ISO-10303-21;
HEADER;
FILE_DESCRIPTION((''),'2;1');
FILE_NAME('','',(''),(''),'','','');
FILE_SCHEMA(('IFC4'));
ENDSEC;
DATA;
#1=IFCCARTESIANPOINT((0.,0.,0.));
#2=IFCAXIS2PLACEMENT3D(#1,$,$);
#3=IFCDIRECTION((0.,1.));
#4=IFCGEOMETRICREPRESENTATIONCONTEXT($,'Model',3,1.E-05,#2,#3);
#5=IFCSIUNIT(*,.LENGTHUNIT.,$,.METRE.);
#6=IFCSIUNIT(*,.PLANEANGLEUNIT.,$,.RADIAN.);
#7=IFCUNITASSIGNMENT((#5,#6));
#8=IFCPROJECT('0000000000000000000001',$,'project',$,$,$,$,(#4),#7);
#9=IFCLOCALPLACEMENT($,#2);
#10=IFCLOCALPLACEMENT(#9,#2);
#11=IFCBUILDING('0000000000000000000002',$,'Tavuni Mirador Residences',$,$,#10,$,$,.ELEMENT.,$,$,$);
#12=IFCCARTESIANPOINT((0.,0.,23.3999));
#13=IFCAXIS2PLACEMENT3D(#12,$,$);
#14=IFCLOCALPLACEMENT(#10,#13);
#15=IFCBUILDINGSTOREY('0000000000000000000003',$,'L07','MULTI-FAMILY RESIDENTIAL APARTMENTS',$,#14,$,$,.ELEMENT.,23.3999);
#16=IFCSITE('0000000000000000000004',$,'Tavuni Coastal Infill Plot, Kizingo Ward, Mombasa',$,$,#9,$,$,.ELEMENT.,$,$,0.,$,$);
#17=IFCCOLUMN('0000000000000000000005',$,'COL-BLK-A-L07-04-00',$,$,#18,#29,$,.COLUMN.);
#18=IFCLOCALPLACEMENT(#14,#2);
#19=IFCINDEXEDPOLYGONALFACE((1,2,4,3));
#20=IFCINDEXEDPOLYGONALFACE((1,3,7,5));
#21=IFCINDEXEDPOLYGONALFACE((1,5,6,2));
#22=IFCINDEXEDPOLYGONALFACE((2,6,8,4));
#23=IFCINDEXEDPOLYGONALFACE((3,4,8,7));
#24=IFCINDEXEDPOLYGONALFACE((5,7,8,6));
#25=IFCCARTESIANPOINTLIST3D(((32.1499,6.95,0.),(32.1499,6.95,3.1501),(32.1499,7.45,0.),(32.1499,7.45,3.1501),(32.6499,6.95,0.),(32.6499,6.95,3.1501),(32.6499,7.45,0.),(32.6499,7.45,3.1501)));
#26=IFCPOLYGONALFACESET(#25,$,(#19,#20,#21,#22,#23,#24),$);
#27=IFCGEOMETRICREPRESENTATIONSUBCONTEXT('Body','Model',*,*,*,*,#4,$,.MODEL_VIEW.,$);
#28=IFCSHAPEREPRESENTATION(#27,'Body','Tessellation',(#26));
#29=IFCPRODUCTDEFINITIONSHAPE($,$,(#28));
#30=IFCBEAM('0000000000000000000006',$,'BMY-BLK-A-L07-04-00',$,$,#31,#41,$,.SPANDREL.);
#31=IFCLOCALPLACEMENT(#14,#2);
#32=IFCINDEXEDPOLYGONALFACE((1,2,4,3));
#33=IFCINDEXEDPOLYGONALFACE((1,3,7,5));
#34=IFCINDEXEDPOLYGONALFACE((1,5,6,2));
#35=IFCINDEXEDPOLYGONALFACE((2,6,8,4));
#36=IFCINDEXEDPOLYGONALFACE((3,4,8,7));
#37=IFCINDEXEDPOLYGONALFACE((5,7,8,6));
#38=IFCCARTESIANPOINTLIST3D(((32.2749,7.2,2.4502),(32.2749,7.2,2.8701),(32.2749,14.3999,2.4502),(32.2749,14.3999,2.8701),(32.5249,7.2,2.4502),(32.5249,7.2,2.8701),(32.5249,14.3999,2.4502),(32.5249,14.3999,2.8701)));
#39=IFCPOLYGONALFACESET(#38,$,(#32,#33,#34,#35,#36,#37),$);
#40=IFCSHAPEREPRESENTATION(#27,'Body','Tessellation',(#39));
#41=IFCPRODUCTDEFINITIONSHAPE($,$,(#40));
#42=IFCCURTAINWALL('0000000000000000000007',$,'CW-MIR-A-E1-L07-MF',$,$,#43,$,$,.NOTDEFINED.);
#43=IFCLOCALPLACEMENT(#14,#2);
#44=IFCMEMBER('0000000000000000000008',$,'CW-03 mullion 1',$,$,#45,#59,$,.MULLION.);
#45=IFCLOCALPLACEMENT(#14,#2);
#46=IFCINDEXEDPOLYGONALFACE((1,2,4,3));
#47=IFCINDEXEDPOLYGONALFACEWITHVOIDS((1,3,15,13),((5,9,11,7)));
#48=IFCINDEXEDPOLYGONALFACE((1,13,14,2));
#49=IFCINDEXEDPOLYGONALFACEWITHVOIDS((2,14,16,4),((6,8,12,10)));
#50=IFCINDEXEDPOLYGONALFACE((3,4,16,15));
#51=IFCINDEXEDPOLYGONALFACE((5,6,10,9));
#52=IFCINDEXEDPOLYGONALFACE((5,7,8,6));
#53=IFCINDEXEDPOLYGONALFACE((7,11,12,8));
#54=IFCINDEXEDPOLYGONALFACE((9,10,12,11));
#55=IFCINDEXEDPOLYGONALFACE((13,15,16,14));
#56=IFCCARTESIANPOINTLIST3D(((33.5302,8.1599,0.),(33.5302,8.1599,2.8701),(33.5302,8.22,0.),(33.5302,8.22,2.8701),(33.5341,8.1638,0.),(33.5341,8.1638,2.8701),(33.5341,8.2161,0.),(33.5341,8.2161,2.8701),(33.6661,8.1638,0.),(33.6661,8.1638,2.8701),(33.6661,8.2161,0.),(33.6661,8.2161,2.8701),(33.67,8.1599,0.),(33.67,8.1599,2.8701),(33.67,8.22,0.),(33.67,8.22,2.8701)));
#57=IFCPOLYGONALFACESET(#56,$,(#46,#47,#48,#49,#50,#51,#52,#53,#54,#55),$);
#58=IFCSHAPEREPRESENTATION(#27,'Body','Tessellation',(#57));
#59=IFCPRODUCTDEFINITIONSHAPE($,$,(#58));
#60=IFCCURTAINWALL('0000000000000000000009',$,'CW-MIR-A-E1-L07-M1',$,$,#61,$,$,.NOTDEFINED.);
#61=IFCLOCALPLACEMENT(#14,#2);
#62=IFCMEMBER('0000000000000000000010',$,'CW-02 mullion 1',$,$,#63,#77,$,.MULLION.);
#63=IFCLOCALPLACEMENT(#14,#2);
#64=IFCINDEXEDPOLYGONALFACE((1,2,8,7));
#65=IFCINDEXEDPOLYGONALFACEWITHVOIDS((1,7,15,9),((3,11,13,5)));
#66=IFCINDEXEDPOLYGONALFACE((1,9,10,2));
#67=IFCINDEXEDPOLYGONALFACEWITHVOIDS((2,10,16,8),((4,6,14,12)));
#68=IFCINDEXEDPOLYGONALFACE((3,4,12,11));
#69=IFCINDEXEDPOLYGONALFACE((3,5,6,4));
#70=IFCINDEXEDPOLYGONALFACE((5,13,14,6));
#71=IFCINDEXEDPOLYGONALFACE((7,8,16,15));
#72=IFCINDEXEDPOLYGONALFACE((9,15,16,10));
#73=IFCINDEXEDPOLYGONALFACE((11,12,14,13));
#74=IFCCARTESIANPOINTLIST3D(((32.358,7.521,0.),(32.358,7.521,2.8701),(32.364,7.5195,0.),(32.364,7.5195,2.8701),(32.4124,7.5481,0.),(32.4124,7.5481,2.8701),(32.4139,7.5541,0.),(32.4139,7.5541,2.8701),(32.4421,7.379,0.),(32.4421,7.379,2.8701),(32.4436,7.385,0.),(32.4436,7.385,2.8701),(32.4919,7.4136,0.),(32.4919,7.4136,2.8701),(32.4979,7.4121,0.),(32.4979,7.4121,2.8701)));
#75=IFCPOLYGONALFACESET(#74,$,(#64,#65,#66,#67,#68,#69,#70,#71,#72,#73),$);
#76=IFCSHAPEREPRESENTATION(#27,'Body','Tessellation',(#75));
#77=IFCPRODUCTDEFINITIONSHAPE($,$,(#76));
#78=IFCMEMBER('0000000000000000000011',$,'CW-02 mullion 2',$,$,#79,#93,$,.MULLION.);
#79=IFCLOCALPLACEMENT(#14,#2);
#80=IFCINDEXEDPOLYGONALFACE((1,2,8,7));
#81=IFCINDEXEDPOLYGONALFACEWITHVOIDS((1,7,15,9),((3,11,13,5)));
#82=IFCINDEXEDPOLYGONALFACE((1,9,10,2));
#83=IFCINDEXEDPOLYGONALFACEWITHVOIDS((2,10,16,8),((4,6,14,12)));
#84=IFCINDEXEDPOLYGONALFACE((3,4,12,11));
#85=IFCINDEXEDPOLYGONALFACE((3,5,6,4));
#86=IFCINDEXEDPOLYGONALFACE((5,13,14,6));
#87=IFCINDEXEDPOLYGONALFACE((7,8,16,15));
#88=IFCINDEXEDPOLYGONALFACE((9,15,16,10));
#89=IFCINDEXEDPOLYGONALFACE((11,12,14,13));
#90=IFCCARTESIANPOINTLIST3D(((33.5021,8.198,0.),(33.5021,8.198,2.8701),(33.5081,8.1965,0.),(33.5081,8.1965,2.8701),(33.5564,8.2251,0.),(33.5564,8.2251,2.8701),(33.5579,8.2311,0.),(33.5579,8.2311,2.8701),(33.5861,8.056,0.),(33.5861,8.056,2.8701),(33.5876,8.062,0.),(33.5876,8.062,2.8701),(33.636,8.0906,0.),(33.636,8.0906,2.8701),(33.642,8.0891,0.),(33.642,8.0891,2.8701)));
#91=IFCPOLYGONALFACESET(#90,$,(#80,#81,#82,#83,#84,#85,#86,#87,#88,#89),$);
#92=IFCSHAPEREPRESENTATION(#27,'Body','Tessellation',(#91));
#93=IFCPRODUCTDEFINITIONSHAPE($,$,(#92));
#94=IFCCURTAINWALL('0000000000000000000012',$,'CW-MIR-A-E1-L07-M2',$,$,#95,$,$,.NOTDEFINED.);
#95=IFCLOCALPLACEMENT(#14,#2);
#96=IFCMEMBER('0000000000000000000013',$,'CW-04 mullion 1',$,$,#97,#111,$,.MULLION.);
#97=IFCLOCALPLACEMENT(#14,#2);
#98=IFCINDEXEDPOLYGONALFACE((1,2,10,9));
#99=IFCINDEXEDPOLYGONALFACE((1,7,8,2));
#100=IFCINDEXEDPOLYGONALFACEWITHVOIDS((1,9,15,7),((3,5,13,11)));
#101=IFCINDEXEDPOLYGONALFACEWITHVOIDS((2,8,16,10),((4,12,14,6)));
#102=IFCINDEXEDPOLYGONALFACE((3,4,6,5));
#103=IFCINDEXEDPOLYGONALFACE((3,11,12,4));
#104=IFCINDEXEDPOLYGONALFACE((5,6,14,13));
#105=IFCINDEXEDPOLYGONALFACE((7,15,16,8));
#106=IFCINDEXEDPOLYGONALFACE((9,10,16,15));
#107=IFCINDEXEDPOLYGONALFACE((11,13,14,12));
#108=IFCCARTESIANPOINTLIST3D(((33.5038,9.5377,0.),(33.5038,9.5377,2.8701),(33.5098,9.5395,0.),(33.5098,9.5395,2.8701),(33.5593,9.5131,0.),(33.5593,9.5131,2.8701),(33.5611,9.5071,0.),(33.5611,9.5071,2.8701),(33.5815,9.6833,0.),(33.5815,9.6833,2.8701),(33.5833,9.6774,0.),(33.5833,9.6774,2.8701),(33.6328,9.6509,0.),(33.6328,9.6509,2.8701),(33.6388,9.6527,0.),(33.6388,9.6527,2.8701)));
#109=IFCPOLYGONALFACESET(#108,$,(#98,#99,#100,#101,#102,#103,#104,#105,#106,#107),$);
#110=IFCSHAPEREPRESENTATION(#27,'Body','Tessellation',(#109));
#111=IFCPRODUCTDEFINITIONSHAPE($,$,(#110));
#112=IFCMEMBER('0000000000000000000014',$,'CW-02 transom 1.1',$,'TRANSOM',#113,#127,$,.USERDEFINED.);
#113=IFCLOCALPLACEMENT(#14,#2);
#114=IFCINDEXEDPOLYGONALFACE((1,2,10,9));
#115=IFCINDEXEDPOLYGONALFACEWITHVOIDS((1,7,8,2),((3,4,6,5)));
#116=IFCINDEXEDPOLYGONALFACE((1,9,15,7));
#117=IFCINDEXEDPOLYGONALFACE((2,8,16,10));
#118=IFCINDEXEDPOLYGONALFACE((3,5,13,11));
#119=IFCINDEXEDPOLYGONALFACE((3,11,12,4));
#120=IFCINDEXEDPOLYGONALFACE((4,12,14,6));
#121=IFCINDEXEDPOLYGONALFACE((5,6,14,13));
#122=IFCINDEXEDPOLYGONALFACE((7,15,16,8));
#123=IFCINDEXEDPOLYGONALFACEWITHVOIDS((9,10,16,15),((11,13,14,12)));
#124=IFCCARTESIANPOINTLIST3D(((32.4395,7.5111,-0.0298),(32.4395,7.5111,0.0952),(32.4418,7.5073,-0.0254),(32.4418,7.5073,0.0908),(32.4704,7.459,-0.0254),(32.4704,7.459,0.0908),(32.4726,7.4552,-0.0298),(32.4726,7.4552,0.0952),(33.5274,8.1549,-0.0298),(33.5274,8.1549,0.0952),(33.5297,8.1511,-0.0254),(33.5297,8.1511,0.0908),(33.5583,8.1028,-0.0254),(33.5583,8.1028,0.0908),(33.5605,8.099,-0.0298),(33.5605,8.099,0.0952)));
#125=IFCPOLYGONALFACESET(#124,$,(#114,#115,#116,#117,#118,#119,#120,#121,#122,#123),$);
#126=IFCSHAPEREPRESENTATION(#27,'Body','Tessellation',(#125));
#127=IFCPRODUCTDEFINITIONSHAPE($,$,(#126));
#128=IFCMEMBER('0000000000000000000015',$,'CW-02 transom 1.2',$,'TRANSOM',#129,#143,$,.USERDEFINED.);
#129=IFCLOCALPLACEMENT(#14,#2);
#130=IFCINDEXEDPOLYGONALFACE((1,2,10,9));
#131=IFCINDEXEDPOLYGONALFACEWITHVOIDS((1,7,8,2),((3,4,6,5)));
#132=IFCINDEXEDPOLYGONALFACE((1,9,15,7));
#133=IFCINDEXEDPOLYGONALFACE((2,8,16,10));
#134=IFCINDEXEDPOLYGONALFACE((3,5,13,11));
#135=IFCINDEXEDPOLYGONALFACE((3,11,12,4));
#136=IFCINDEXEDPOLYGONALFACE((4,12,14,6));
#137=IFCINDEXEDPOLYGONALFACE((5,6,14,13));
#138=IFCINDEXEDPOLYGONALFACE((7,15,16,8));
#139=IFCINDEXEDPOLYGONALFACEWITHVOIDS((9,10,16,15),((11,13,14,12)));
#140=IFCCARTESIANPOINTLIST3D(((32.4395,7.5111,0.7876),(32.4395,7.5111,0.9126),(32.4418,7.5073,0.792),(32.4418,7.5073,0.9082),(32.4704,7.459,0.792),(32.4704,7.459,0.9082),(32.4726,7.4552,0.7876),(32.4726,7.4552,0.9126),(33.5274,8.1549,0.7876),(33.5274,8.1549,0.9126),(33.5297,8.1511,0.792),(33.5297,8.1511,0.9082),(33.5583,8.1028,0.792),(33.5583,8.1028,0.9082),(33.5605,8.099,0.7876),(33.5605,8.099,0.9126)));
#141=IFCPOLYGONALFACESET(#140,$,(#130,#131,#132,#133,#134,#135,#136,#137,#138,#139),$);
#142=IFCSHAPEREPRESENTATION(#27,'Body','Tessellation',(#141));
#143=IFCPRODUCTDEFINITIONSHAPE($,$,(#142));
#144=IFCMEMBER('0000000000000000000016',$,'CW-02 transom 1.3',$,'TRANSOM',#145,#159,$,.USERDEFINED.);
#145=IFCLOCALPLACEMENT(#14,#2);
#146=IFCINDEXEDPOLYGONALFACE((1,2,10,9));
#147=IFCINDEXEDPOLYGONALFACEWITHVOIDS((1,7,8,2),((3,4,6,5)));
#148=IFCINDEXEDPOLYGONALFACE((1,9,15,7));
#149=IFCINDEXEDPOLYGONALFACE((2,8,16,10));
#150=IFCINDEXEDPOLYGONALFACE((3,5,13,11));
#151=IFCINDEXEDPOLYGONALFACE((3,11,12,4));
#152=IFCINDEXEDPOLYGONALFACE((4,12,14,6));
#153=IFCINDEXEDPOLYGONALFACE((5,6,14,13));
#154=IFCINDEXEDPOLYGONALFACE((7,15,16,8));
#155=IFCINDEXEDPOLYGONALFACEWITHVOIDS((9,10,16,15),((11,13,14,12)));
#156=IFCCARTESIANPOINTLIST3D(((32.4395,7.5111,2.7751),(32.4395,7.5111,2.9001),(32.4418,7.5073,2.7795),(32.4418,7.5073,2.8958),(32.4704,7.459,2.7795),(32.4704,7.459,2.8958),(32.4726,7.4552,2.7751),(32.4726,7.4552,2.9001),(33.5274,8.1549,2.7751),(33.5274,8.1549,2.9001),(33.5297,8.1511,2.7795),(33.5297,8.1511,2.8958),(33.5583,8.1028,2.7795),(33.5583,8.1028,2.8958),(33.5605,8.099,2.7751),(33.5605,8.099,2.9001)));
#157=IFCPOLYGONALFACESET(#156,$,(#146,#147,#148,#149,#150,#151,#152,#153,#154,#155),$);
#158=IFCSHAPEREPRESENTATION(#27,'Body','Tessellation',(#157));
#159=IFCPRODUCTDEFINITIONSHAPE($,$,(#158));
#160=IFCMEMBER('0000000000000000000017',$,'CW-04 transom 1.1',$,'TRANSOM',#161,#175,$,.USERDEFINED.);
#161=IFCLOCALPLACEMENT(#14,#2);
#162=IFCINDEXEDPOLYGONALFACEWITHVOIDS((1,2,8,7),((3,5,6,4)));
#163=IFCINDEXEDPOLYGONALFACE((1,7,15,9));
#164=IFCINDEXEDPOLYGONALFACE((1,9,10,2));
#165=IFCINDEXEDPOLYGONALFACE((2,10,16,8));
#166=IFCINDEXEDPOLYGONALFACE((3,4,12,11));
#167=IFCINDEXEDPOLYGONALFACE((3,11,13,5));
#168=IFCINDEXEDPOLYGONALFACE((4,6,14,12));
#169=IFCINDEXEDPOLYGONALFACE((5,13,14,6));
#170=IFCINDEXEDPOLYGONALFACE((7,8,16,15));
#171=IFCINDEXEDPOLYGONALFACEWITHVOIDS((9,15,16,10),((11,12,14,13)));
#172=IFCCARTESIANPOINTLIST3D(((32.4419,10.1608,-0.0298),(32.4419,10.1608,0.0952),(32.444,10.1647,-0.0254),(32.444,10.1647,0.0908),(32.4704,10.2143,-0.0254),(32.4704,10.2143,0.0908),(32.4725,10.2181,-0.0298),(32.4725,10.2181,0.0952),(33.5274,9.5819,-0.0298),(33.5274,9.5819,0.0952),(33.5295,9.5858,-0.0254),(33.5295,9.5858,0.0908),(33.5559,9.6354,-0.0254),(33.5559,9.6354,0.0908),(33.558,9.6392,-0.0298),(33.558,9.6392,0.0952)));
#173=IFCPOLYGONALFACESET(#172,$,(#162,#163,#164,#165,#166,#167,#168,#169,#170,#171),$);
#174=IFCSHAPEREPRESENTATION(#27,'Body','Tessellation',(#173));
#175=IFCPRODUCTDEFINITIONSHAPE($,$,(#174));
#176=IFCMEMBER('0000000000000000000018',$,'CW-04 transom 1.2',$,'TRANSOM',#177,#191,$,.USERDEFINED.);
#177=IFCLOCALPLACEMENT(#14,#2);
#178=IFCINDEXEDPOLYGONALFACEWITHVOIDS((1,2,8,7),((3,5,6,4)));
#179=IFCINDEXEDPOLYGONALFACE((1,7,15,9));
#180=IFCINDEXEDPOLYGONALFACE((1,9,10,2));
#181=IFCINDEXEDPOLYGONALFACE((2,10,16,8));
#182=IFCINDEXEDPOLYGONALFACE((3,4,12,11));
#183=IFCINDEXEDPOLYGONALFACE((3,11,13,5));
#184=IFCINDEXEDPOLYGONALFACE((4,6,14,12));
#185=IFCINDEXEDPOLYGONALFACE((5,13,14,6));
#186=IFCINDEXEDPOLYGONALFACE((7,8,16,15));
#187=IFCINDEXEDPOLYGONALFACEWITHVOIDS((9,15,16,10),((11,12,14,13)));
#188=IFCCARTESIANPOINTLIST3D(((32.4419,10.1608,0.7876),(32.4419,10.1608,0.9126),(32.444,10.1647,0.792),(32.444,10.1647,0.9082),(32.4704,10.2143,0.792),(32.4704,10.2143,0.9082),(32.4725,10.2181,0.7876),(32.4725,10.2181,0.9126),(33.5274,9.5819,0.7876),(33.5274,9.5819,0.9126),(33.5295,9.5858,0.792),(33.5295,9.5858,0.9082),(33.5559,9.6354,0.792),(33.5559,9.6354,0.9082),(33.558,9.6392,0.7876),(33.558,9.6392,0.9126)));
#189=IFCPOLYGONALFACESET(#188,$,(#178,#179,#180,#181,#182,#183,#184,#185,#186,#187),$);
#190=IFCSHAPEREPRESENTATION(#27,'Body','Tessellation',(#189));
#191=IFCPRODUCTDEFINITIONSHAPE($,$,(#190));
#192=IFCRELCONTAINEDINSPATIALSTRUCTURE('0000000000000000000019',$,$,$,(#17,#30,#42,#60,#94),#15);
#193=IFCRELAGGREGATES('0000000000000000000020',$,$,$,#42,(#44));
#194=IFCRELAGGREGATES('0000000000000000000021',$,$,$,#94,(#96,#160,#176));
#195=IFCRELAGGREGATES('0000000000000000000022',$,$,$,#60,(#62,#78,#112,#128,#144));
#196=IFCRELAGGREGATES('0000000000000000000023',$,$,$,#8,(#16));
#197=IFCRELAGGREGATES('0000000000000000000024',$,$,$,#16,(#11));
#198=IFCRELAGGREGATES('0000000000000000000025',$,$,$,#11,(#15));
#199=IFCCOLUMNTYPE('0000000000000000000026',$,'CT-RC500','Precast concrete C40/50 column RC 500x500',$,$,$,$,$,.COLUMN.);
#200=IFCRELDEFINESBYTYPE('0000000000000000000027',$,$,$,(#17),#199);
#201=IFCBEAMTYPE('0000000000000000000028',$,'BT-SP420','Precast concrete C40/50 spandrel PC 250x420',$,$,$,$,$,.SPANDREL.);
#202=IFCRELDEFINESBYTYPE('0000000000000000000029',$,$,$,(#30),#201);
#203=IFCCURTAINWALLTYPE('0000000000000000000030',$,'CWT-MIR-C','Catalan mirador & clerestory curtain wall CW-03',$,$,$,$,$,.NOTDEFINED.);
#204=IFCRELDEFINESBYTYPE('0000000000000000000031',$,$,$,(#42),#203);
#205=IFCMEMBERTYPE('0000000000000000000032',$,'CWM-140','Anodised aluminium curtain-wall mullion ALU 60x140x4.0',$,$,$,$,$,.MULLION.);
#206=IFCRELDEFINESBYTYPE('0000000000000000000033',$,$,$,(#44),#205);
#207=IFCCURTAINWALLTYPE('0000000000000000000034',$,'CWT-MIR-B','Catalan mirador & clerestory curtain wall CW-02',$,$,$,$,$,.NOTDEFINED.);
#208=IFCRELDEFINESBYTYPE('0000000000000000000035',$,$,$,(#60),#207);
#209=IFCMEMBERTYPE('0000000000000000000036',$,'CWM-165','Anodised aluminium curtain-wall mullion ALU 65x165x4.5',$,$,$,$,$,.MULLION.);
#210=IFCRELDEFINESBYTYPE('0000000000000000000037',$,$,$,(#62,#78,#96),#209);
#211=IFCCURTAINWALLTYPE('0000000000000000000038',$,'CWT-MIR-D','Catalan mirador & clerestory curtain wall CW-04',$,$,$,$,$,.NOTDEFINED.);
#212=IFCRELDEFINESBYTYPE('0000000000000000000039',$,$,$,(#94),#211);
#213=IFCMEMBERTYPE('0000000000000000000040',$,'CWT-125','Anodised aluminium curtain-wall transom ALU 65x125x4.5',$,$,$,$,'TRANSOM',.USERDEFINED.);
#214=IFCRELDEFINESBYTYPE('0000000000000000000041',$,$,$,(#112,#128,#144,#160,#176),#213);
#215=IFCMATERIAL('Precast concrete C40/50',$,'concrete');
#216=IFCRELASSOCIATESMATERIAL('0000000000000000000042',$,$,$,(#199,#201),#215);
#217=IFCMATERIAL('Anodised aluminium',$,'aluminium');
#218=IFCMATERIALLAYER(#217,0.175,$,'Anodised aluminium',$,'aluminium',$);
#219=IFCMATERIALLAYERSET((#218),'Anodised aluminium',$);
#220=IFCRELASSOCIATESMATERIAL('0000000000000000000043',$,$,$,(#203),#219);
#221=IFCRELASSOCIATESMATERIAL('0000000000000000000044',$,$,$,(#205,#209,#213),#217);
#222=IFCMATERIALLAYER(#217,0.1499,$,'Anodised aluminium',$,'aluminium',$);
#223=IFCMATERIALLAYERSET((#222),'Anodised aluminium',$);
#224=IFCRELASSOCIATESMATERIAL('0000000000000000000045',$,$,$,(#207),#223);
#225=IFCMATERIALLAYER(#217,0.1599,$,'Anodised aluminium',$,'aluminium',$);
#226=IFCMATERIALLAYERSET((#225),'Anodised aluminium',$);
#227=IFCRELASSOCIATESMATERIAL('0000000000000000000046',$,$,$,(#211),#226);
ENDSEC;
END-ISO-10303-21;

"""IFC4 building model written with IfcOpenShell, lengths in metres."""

from ifc_helpers import new_model, si_unit, direction, frame, origin, origin_2d, place, context, subcontext, project, spatial, rectangle, hollow_rectangle, extrude, material, layer, layer_set, material_profile, profile_set, type_object, element, aggregate, save


model = new_model("IFC4")

# Units and contexts
model_context = context("Model", 3, precision=1e-05, world=origin(), true_north=direction((0.0, 1.0)))
body_context = subcontext(model_context, "Body", "Model", "MODEL_VIEW")
ifc_project = project(units=[si_unit("LENGTHUNIT", "METRE"), si_unit("PLANEANGLEUNIT", "RADIAN")], contexts=[model_context])

# Site, building, storey
site_placement = place(None, origin())
site = spatial("IfcSite", under=ifc_project, at=site_placement, Name="Tavuni Coastal Infill Plot, Kizingo Ward, Mombasa", CompositionType="ELEMENT", RefElevation=0.0)
building_placement = place(site_placement, origin())
building = spatial("IfcBuilding", under=site, at=building_placement, Name="Tavuni Mirador Residences", CompositionType="ELEMENT")
storey_placement = place(building_placement, frame((0.0, 0.0, 23.3999)))
storey = spatial("IfcBuildingStorey", under=building, at=storey_placement, Name="L07", Description="MULTI-FAMILY RESIDENTIAL APARTMENTS", CompositionType="ELEMENT", Elevation=23.3999)

# Column
ifc_material_1 = material(Name="Precast concrete C40/50", Category="concrete")
ifc_material_profile_1 = material_profile(ifc_material_1, rectangle(XDim=0.5, YDim=0.5, at=origin_2d()), Name="RC 500x500", Category="concrete")
ifc_profile_set_1 = profile_set([ifc_material_profile_1], Name="Precast concrete C40/50")
column_type = type_object("IfcColumnType", Name="CT-RC500", Description="Precast concrete C40/50 column RC 500x500", PredefinedType="COLUMN", material=ifc_profile_set_1)
column_placement = place(storey_placement, frame((32.3999, 7.2, 0.0), z_axis=(0.0, 0.0, 1.0), x_axis=(1.0, 0.0, 0.0)))
element("IfcColumn", 1, at=column_placement, inside=storey, type_object=column_type, Name="COL-BLK-A-L07-04-00", PredefinedType="COLUMN", context=body_context, shape_type="SweptSolid", body=[
    extrude(rectangle(XDim=0.5, YDim=0.5, at=origin_2d()), origin(), (0.0, 0.0, 1.0), 3.1501),
])

# Beam
ifc_material_profile_2 = material_profile(ifc_material_1, rectangle(XDim=0.25, YDim=0.4199, at=origin_2d()), Name="PC 250x420", Category="concrete")
ifc_profile_set_2 = profile_set([ifc_material_profile_2], Name="Precast concrete C40/50")
beam_type = type_object("IfcBeamType", Name="BT-SP420", Description="Precast concrete C40/50 spandrel PC 250x420", PredefinedType="SPANDREL", material=ifc_profile_set_2)
beam_placement = place(storey_placement, frame((32.3999, 7.2, 2.6602), z_axis=(0.0, 1.0, 0.0), x_axis=(-1.0, 0.0, 0.0)))
element("IfcBeam", 2, at=beam_placement, inside=storey, type_object=beam_type, Name="BMY-BLK-A-L07-04-00", PredefinedType="SPANDREL", context=body_context, shape_type="SweptSolid", body=[
    extrude(rectangle(XDim=0.25, YDim=0.4199, at=origin_2d()), origin(), (0.0, 0.0, 1.0), 7.2),
])

# Curtain wall, member
ifc_material_2 = material(Name="Anodised aluminium", Category="aluminium")
ifc_layer_1 = layer(ifc_material_2, 0.175, Name="Anodised aluminium", Category="aluminium")
ifc_layer_set_1 = layer_set([ifc_layer_1], Name="Anodised aluminium")
curtain_wall_type_1 = type_object("IfcCurtainWallType", Name="CWT-MIR-C", Description="Catalan mirador & clerestory curtain wall CW-03", PredefinedType="NOTDEFINED", material=ifc_layer_set_1)
curtain_wall_1_placement = place(storey_placement, origin())
curtain_wall_1 = element("IfcCurtainWall", 3, at=curtain_wall_1_placement, inside=storey, type_object=curtain_wall_type_1, Name="CW-MIR-A-E1-L07-MF", PredefinedType="NOTDEFINED")
ifc_material_profile_3 = material_profile(ifc_material_2, hollow_rectangle(XDim=0.0601, YDim=0.1399, WallThickness=0.0039, at=origin_2d()), Name="ALU 60x140x4.0", Category="aluminium")
ifc_profile_set_3 = profile_set([ifc_material_profile_3], Name="Anodised aluminium")
member_type_1 = type_object("IfcMemberType", Name="CWM-140", Description="Anodised aluminium curtain-wall mullion ALU 60x140x4.0", PredefinedType="MULLION", material=ifc_profile_set_3)
member_1_placement = place(storey_placement, frame((33.6001, 8.1899, 0.0), z_axis=(0.0, 0.0, 1.0), x_axis=(0.0, 1.0, 0.0)))
member_1 = element("IfcMember", 4, at=member_1_placement, type_object=member_type_1, Name="CW-03 mullion 1", PredefinedType="MULLION", context=body_context, shape_type="SweptSolid", body=[
    extrude(hollow_rectangle(XDim=0.0601, YDim=0.1399, WallThickness=0.0039, at=origin_2d()), origin(), (0.0, 0.0, 1.0), 2.8701),
])
aggregate(curtain_wall_1, [member_1])

# Curtain wall, members
ifc_layer_2 = layer(ifc_material_2, 0.1499, Name="Anodised aluminium", Category="aluminium")
ifc_layer_set_2 = layer_set([ifc_layer_2], Name="Anodised aluminium")
curtain_wall_type_2 = type_object("IfcCurtainWallType", Name="CWT-MIR-B", Description="Catalan mirador & clerestory curtain wall CW-02", PredefinedType="NOTDEFINED", material=ifc_layer_set_2)
curtain_wall_2_placement = place(storey_placement, origin())
curtain_wall_2 = element("IfcCurtainWall", 5, at=curtain_wall_2_placement, inside=storey, type_object=curtain_wall_type_2, Name="CW-MIR-A-E1-L07-M1", PredefinedType="NOTDEFINED")
ifc_material_profile_4 = material_profile(ifc_material_2, hollow_rectangle(XDim=0.0649, YDim=0.165, WallThickness=0.0044, at=origin_2d()), Name="ALU 65x165x4.5", Category="aluminium")
ifc_profile_set_4 = profile_set([ifc_material_profile_4], Name="Anodised aluminium")
member_type_2 = type_object("IfcMemberType", Name="CWM-165", Description="Anodised aluminium curtain-wall mullion ALU 65x165x4.5", PredefinedType="MULLION", material=ifc_profile_set_4)
member_2_placement = place(storey_placement, frame((32.428, 7.4666, 0.0), z_axis=(0.0, 0.0, 1.0), x_axis=(0.860641, 0.509212, 0.0)))
member_2 = element("IfcMember", 6, at=member_2_placement, type_object=member_type_2, Name="CW-02 mullion 1", PredefinedType="MULLION", context=body_context, shape_type="SweptSolid", body=[
    extrude(hollow_rectangle(XDim=0.0649, YDim=0.165, WallThickness=0.0044, at=origin_2d()), origin(), (0.0, 0.0, 1.0), 2.8701),
])
member_3_placement = place(storey_placement, frame((33.572, 8.1436, 0.0), z_axis=(0.0, 0.0, 1.0), x_axis=(0.860641, 0.509212, 0.0)))
member_3 = element("IfcMember", 7, at=member_3_placement, type_object=member_type_2, Name="CW-02 mullion 2", PredefinedType="MULLION", context=body_context, shape_type="SweptSolid", body=[
    extrude(hollow_rectangle(XDim=0.0649, YDim=0.165, WallThickness=0.0044, at=origin_2d()), origin(), (0.0, 0.0, 1.0), 2.8701),
])

# Curtain wall, member
ifc_layer_3 = layer(ifc_material_2, 0.1599, Name="Anodised aluminium", Category="aluminium")
ifc_layer_set_3 = layer_set([ifc_layer_3], Name="Anodised aluminium")
curtain_wall_type_3 = type_object("IfcCurtainWallType", Name="CWT-MIR-D", Description="Catalan mirador & clerestory curtain wall CW-04", PredefinedType="NOTDEFINED", material=ifc_layer_set_3)
curtain_wall_3_placement = place(storey_placement, origin())
curtain_wall_3 = element("IfcCurtainWall", 8, at=curtain_wall_3_placement, inside=storey, type_object=curtain_wall_type_3, Name="CW-MIR-A-E1-L07-M2", PredefinedType="NOTDEFINED")
member_4_placement = place(storey_placement, frame((33.5713, 9.5952, 0.0), z_axis=(0.0, 0.0, 1.0), x_axis=(-0.882353, 0.470588, 0.0)))
member_4 = element("IfcMember", 9, at=member_4_placement, type_object=member_type_2, Name="CW-04 mullion 1", PredefinedType="MULLION", context=body_context, shape_type="SweptSolid", body=[
    extrude(hollow_rectangle(XDim=0.0649, YDim=0.165, WallThickness=0.0044, at=origin_2d()), origin(), (0.0, 0.0, 1.0), 2.8701),
])

# Members
ifc_material_profile_5 = material_profile(ifc_material_2, hollow_rectangle(XDim=0.0649, YDim=0.125, WallThickness=0.0044, at=origin_2d()), Name="ALU 65x125x4.5", Category="aluminium")
ifc_profile_set_5 = profile_set([ifc_material_profile_5], Name="Anodised aluminium")
member_type_3 = type_object("IfcMemberType", Name="CWT-125", Description="Anodised aluminium curtain-wall transom ALU 65x125x4.5", ElementType="TRANSOM", PredefinedType="USERDEFINED", material=ifc_profile_set_5)
member_5_placement = place(storey_placement, frame((32.4561, 7.4832, 0.0327), z_axis=(0.860596, 0.509289, 0.0), x_axis=(-0.509289, 0.860596, 0.0)))
member_5 = element("IfcMember", 10, at=member_5_placement, type_object=member_type_3, Name="CW-02 transom 1.1", ObjectType="TRANSOM", PredefinedType="USERDEFINED", context=body_context, shape_type="SweptSolid", body=[
    extrude(hollow_rectangle(XDim=0.0649, YDim=0.125, WallThickness=0.0044, at=origin_2d()), origin(), (0.0, 0.0, 1.0), 1.2642),
])
member_6_placement = place(storey_placement, frame((32.4561, 7.4832, 0.8501), z_axis=(0.860596, 0.509289, 0.0), x_axis=(-0.509289, 0.860596, 0.0)))
member_6 = element("IfcMember", 11, at=member_6_placement, type_object=member_type_3, Name="CW-02 transom 1.2", ObjectType="TRANSOM", PredefinedType="USERDEFINED", context=body_context, shape_type="SweptSolid", body=[
    extrude(hollow_rectangle(XDim=0.0649, YDim=0.125, WallThickness=0.0044, at=origin_2d()), origin(), (0.0, 0.0, 1.0), 1.2642),
])
member_7_placement = place(storey_placement, frame((32.4561, 7.4832, 2.8376), z_axis=(0.860596, 0.509289, 0.0), x_axis=(-0.509289, 0.860596, 0.0)))
member_7 = element("IfcMember", 12, at=member_7_placement, type_object=member_type_3, Name="CW-02 transom 1.3", ObjectType="TRANSOM", PredefinedType="USERDEFINED", context=body_context, shape_type="SweptSolid", body=[
    extrude(hollow_rectangle(XDim=0.0649, YDim=0.125, WallThickness=0.0044, at=origin_2d()), origin(), (0.0, 0.0, 1.0), 1.2642),
])
member_8_placement = place(storey_placement, frame((33.5427, 9.6106, 0.0327), z_axis=(-0.882369, 0.470557, 0.0), x_axis=(-0.470557, -0.882369, 0.0)))
member_8 = element("IfcMember", 13, at=member_8_placement, type_object=member_type_3, Name="CW-04 transom 1.1", ObjectType="TRANSOM", PredefinedType="USERDEFINED", context=body_context, shape_type="SweptSolid", body=[
    extrude(hollow_rectangle(XDim=0.0649, YDim=0.125, WallThickness=0.0044, at=origin_2d()), origin(), (0.0, 0.0, 1.0), 1.2302),
])
member_9_placement = place(storey_placement, frame((33.5427, 9.6106, 0.8501), z_axis=(-0.882369, 0.470557, 0.0), x_axis=(-0.470557, -0.882369, 0.0)))
member_9 = element("IfcMember", 14, at=member_9_placement, type_object=member_type_3, Name="CW-04 transom 1.2", ObjectType="TRANSOM", PredefinedType="USERDEFINED", context=body_context, shape_type="SweptSolid", body=[
    extrude(hollow_rectangle(XDim=0.0649, YDim=0.125, WallThickness=0.0044, at=origin_2d()), origin(), (0.0, 0.0, 1.0), 1.2302),
])
aggregate(curtain_wall_3, [member_4, member_8, member_9])

aggregate(curtain_wall_2, [member_2, member_3, member_5, member_6, member_7])

save(model, "model.ifc")
